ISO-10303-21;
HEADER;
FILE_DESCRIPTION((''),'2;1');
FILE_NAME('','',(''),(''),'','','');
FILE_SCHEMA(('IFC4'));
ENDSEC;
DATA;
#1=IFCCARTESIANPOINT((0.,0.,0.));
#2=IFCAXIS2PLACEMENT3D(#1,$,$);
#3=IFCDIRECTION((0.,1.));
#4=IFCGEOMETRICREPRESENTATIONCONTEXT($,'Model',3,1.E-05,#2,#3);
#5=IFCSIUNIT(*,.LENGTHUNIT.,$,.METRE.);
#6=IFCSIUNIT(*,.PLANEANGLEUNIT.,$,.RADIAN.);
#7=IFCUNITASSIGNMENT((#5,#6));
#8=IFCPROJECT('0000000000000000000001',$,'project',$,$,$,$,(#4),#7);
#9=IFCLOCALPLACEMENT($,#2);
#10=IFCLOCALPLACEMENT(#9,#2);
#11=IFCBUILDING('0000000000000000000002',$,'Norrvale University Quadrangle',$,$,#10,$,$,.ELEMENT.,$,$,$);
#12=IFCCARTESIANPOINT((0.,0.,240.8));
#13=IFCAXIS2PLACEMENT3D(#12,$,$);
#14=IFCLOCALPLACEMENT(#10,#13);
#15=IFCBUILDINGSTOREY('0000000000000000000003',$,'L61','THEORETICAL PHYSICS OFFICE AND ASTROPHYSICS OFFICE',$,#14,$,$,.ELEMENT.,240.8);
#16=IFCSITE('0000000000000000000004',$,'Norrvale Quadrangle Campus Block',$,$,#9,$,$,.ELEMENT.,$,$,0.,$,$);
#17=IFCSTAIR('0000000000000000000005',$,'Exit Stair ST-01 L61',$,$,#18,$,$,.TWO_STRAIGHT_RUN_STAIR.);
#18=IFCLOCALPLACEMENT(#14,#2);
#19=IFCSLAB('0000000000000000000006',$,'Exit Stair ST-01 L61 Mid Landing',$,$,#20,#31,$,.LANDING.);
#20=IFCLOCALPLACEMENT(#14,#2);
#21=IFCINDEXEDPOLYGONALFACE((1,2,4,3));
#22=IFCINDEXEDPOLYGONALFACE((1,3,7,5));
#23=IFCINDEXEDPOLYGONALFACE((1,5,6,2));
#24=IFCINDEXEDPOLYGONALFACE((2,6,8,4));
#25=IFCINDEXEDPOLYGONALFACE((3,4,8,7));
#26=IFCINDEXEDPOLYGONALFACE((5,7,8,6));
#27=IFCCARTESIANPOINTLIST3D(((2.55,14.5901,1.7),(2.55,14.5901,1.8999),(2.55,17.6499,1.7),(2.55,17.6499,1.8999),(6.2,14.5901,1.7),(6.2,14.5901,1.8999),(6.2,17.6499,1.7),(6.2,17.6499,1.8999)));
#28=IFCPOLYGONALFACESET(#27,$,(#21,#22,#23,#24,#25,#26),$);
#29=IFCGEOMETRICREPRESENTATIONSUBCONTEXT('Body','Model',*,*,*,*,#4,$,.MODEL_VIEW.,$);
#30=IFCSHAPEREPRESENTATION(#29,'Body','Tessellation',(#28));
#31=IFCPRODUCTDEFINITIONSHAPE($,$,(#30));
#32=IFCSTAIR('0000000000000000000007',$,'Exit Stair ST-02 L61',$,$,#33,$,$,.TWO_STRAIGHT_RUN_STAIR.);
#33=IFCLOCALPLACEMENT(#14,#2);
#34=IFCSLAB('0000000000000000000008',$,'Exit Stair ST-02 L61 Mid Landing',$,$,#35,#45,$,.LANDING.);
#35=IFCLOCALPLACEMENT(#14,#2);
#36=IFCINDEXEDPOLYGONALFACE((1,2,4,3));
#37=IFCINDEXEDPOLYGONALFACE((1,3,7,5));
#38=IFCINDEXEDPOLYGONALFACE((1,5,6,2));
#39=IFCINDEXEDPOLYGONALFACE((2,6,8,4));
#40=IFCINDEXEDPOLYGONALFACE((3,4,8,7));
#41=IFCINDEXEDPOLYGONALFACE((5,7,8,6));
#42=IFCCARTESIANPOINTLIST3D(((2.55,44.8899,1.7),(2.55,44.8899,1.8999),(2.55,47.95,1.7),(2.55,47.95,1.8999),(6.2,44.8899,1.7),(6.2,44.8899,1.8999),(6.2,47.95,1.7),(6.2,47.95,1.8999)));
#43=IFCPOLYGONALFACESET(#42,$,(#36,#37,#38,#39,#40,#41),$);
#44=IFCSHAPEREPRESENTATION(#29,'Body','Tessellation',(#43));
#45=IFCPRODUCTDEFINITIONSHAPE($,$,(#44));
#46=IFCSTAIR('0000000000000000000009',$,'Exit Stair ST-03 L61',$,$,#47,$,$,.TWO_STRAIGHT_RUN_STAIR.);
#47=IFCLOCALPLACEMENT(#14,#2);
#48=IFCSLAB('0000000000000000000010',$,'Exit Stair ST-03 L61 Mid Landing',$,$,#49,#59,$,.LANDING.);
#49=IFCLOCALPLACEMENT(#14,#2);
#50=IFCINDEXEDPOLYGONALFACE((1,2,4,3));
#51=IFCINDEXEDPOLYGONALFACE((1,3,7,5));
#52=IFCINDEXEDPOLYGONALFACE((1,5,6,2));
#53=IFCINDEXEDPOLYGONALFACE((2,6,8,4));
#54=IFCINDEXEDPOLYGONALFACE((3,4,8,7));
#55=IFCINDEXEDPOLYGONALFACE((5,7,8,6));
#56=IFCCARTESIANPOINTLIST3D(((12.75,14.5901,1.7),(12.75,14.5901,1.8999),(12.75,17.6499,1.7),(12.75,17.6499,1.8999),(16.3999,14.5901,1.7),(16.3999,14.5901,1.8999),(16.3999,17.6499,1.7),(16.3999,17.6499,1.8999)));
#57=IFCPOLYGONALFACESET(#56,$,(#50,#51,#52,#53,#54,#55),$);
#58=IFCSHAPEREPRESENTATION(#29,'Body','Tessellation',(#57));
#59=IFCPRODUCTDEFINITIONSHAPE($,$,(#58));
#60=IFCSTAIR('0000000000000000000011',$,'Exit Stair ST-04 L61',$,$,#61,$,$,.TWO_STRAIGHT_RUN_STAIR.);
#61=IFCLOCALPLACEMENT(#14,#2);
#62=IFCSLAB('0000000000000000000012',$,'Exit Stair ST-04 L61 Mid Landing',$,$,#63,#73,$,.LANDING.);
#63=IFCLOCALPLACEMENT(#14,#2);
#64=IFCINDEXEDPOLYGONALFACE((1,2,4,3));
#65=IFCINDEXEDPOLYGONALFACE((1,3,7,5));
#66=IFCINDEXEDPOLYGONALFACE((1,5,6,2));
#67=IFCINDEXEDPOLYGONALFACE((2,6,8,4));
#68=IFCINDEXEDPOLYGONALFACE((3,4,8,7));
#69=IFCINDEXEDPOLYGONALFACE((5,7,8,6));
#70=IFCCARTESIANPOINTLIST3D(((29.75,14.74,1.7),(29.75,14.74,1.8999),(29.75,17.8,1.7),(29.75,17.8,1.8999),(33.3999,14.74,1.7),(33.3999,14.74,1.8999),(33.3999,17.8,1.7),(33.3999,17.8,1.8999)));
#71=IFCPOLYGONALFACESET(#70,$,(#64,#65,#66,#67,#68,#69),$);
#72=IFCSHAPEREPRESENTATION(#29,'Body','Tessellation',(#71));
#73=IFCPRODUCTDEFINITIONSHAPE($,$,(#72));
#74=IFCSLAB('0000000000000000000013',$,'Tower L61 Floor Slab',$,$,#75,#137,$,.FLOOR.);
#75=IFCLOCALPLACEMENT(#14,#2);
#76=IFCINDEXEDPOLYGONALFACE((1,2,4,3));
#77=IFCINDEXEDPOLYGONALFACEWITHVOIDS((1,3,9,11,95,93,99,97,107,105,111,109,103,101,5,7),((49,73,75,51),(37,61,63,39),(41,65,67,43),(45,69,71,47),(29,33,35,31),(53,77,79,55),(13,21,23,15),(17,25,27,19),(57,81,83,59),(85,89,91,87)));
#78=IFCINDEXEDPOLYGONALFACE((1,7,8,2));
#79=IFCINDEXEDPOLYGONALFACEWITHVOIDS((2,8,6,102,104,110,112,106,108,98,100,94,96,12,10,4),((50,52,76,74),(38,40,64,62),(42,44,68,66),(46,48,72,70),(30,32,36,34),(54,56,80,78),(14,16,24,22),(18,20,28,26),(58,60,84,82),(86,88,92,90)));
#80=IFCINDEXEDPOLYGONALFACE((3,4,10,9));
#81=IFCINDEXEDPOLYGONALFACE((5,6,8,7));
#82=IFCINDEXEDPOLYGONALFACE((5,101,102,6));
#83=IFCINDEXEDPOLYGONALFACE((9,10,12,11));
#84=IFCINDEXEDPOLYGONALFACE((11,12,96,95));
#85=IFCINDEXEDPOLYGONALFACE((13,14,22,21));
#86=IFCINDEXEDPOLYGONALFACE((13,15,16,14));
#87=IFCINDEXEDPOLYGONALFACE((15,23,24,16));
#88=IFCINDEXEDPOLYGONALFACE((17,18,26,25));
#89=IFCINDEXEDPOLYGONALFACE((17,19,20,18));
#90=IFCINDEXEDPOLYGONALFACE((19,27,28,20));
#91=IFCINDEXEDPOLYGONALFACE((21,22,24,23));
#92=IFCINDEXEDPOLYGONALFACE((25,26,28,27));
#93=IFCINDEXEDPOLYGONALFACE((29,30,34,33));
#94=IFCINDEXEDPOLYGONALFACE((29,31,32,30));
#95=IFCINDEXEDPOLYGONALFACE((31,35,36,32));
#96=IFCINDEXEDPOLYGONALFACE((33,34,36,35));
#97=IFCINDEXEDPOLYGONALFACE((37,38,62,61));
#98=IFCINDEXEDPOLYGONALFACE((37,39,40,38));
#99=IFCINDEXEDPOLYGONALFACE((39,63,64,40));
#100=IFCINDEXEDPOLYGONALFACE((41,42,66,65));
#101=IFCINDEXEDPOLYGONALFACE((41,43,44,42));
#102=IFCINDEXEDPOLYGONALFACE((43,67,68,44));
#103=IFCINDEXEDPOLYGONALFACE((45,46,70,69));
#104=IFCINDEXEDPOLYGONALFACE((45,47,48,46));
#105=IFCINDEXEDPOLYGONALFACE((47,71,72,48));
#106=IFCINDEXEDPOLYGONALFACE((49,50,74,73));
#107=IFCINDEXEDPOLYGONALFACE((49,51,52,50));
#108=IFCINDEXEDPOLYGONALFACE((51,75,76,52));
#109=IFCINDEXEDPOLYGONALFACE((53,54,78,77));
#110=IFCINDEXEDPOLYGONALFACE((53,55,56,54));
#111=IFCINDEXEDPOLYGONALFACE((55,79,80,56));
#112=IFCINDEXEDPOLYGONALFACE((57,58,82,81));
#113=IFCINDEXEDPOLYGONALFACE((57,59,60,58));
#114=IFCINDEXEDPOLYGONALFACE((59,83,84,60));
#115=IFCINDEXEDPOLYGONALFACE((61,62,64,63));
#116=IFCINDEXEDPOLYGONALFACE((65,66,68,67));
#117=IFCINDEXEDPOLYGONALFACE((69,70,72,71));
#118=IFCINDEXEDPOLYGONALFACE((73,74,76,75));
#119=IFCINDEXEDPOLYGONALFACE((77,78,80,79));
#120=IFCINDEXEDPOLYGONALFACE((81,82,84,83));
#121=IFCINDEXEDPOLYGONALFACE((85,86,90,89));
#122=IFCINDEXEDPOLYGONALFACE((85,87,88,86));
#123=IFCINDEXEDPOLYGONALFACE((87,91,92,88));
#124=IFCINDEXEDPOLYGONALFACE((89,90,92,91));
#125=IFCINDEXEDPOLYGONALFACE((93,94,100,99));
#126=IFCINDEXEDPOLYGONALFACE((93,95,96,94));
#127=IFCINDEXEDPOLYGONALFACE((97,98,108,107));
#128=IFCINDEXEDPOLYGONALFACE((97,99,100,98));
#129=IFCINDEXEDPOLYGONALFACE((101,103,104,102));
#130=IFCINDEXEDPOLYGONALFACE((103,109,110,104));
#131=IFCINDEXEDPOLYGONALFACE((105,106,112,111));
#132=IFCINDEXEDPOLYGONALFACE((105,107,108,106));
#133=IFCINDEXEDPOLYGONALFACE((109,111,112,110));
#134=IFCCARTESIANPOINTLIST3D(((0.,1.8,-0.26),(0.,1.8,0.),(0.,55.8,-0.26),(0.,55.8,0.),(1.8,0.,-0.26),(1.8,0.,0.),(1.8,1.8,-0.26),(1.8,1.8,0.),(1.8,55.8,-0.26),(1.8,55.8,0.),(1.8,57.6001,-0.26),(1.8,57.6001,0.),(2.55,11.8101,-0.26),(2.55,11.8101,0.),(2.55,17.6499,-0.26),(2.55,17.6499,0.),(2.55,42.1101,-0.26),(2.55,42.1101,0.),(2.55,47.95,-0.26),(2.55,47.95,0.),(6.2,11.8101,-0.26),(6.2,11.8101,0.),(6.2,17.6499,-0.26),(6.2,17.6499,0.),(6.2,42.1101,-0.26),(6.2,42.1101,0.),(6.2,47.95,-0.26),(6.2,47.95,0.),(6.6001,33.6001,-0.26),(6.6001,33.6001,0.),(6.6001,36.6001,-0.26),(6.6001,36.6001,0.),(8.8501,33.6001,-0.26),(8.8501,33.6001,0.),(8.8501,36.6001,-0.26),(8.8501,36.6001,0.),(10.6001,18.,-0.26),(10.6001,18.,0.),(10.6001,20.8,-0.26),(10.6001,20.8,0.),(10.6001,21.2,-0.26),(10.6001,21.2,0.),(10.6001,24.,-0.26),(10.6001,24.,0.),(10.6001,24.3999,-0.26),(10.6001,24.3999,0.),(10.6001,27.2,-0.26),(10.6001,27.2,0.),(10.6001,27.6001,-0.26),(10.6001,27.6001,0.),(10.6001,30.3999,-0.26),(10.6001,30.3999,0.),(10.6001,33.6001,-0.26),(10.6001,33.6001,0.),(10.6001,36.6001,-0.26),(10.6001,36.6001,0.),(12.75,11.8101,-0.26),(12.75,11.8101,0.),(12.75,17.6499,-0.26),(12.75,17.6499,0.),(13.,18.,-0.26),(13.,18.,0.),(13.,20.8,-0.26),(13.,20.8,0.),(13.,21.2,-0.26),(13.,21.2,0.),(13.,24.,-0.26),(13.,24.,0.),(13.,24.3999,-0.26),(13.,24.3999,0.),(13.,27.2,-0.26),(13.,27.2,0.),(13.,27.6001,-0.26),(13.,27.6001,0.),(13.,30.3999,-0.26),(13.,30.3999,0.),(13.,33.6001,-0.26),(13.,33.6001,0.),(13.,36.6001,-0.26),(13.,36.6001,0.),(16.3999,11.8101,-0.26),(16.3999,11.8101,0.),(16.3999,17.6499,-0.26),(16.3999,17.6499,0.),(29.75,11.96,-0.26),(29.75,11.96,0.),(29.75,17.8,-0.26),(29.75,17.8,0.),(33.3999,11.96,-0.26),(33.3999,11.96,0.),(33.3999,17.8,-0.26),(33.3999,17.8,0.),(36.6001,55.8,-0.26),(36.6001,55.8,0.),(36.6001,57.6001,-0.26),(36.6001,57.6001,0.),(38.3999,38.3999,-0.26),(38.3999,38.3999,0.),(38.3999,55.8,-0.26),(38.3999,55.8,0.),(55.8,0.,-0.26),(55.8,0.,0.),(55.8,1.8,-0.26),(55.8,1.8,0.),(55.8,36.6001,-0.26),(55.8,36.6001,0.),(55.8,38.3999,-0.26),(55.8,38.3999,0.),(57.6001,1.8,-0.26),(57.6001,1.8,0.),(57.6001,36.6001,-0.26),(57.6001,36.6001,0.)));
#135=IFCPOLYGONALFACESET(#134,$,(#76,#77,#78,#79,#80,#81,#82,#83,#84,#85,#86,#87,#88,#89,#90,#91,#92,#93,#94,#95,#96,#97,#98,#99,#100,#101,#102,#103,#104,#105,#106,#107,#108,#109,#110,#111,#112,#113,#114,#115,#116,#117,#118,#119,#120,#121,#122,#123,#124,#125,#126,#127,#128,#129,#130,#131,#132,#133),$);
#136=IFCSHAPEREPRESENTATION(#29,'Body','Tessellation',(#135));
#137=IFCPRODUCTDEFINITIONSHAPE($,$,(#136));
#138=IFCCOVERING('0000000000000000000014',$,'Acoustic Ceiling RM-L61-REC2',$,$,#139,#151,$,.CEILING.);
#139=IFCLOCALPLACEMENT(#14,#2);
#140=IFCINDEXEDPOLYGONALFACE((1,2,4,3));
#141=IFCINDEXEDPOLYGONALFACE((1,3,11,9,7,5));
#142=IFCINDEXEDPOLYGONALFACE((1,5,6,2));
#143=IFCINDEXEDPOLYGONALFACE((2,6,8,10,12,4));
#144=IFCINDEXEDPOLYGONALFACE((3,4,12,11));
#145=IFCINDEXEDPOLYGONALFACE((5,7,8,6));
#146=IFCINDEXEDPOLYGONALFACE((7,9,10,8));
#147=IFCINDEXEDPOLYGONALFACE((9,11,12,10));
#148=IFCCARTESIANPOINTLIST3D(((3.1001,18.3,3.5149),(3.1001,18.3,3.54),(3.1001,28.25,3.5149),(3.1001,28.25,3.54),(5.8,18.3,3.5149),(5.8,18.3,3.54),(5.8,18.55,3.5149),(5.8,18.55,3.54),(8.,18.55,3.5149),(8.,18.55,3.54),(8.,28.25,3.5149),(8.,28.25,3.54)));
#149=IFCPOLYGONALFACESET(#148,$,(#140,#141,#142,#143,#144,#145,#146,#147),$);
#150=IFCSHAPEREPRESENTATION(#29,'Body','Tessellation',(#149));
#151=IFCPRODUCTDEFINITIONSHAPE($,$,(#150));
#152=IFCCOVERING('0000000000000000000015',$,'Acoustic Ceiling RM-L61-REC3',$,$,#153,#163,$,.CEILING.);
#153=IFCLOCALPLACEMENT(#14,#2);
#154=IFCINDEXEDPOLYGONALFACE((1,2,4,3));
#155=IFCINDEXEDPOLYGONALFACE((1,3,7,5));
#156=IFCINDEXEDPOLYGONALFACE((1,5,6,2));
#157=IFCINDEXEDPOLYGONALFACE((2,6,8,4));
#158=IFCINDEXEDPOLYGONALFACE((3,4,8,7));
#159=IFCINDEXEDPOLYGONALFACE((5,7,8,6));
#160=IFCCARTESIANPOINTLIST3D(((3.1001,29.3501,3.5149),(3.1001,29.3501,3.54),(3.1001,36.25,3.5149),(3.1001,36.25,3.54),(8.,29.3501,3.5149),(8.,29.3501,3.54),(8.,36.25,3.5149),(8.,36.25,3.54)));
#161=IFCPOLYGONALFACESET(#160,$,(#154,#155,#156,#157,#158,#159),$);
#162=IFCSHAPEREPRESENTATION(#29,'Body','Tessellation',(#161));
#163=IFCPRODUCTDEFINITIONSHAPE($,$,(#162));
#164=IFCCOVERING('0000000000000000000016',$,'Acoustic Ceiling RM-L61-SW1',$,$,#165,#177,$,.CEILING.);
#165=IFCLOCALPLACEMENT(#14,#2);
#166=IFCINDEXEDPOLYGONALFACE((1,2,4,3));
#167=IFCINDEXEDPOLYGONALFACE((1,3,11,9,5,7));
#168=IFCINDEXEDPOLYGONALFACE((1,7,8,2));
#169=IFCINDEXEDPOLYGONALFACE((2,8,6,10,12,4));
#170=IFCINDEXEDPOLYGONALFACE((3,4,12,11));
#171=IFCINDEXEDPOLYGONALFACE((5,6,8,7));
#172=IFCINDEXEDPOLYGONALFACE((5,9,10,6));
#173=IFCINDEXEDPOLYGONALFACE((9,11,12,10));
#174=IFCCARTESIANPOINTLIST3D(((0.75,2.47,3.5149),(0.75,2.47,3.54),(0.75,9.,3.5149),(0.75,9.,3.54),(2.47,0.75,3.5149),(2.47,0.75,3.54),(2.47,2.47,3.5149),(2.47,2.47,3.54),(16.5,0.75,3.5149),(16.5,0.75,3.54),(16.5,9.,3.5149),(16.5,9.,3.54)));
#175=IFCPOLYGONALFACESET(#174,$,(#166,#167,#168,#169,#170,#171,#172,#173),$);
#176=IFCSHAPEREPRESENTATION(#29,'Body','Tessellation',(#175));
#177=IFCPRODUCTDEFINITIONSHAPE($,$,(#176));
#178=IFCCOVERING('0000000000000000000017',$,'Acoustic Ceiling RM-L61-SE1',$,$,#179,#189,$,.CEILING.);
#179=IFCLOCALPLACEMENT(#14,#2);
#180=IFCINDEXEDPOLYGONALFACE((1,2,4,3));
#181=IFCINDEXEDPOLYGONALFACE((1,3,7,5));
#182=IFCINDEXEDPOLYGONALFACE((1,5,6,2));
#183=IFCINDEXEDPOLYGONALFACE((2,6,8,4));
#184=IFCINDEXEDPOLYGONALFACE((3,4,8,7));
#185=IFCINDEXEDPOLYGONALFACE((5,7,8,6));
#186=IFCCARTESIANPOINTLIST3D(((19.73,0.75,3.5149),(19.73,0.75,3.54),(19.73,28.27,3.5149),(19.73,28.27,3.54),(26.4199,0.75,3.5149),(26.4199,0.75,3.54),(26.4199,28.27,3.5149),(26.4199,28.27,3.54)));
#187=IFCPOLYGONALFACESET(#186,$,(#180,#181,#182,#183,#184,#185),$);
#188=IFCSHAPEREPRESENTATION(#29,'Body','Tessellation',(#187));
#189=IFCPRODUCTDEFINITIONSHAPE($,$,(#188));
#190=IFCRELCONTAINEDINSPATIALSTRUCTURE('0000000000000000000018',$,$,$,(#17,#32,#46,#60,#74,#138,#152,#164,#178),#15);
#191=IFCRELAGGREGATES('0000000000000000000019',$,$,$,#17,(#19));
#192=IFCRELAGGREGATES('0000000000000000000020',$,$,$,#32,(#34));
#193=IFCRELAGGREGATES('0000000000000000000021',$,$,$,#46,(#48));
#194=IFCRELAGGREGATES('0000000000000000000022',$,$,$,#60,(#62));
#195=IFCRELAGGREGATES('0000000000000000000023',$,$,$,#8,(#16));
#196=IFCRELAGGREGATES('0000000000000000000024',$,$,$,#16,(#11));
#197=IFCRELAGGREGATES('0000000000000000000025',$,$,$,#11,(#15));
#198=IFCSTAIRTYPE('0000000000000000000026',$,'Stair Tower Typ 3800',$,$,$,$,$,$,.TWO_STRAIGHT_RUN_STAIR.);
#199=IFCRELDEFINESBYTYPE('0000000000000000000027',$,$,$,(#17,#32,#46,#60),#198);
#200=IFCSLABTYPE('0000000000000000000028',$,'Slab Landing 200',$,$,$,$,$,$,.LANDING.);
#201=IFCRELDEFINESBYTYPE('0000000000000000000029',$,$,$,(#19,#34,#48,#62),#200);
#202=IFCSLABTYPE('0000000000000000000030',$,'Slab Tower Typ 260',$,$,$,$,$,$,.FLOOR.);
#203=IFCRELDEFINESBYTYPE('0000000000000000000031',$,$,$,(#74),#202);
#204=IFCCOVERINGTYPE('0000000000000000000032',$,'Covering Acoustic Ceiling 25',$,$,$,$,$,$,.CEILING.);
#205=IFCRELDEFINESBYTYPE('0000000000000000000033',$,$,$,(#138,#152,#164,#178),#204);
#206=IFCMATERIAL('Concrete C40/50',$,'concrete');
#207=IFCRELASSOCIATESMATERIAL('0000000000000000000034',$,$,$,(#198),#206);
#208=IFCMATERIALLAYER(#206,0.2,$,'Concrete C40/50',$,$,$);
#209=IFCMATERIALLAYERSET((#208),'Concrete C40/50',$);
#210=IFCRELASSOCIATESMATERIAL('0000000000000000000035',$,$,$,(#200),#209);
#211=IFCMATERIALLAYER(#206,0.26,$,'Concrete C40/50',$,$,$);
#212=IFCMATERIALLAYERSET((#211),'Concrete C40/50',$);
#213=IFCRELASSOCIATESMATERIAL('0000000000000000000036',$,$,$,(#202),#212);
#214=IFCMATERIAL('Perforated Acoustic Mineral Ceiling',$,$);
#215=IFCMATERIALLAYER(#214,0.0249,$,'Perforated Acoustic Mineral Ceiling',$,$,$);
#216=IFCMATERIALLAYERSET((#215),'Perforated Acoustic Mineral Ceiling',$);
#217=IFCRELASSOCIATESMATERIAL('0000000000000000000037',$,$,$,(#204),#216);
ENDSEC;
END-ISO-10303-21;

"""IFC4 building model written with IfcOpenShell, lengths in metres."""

from ifc_helpers import new_model, si_unit, direction, frame, origin, place, context, subcontext, project, spatial, polyline, outline, extrude, material, layer, layer_set, type_object, element, aggregate, save


model = new_model("IFC4")

# Units and contexts
model_context = context("Model", 3, precision=1e-05, world=origin(), true_north=direction((0.0, 1.0)))
body_context = subcontext(model_context, "Body", "Model", "MODEL_VIEW")
ifc_project = project(units=[si_unit("LENGTHUNIT", "METRE"), si_unit("PLANEANGLEUNIT", "RADIAN")], contexts=[model_context])

# Site, building, storey
site_placement = place(None, origin())
site = spatial("IfcSite", under=ifc_project, at=site_placement, Name="Norrvale Quadrangle Campus Block", CompositionType="ELEMENT", RefElevation=0.0)
building_placement = place(site_placement, origin())
building = spatial("IfcBuilding", under=site, at=building_placement, Name="Norrvale University Quadrangle", CompositionType="ELEMENT")
storey_placement = place(building_placement, frame((0.0, 0.0, 240.8)))
storey = spatial("IfcBuildingStorey", under=building, at=storey_placement, Name="L61", Description="THEORETICAL PHYSICS OFFICE AND ASTROPHYSICS OFFICE", CompositionType="ELEMENT", Elevation=240.8)

# Stairs, slabs
ifc_material_1 = material(Name="Concrete C40/50", Category="concrete")
stair_type = type_object("IfcStairType", Name="Stair Tower Typ 3800", PredefinedType="TWO_STRAIGHT_RUN_STAIR", material=ifc_material_1)
stair_1_placement = place(storey_placement, origin())
stair_1 = element("IfcStair", 1, at=stair_1_placement, inside=storey, type_object=stair_type, Name="Exit Stair ST-01 L61", PredefinedType="TWO_STRAIGHT_RUN_STAIR")
ifc_layer_1 = layer(ifc_material_1, 0.2, Name="Concrete C40/50")
ifc_layer_set_1 = layer_set([ifc_layer_1], Name="Concrete C40/50")
slab_type_1 = type_object("IfcSlabType", Name="Slab Landing 200", PredefinedType="LANDING", material=ifc_layer_set_1)
slab_1_placement = place(storey_placement, frame((0.0, 0.0, 1.7)))
slab_1 = element("IfcSlab", 2, at=slab_1_placement, type_object=slab_type_1, Name="Exit Stair ST-01 L61 Mid Landing", PredefinedType="LANDING", context=body_context, shape_type="SweptSolid", body=[
    extrude(outline(polyline([(2.55, 14.5901), (6.2, 14.5901), (6.2, 17.6499), (2.55, 17.6499), (2.55, 14.5901)])), origin(), (0.0, 0.0, 1.0), 0.2),
])
aggregate(stair_1, [slab_1])
stair_2_placement = place(storey_placement, origin())
stair_2 = element("IfcStair", 3, at=stair_2_placement, inside=storey, type_object=stair_type, Name="Exit Stair ST-02 L61", PredefinedType="TWO_STRAIGHT_RUN_STAIR")
slab_2_placement = place(storey_placement, frame((0.0, 0.0, 1.7)))
slab_2 = element("IfcSlab", 4, at=slab_2_placement, type_object=slab_type_1, Name="Exit Stair ST-02 L61 Mid Landing", PredefinedType="LANDING", context=body_context, shape_type="SweptSolid", body=[
    extrude(outline(polyline([(2.55, 44.8899), (6.2, 44.8899), (6.2, 47.95), (2.55, 47.95), (2.55, 44.8899)])), origin(), (0.0, 0.0, 1.0), 0.2),
])
aggregate(stair_2, [slab_2])
stair_3_placement = place(storey_placement, origin())
stair_3 = element("IfcStair", 5, at=stair_3_placement, inside=storey, type_object=stair_type, Name="Exit Stair ST-03 L61", PredefinedType="TWO_STRAIGHT_RUN_STAIR")
slab_3_placement = place(storey_placement, frame((0.0, 0.0, 1.7)))
slab_3 = element("IfcSlab", 6, at=slab_3_placement, type_object=slab_type_1, Name="Exit Stair ST-03 L61 Mid Landing", PredefinedType="LANDING", context=body_context, shape_type="SweptSolid", body=[
    extrude(outline(polyline([(12.75, 14.5901), (16.3999, 14.5901), (16.3999, 17.6499), (12.75, 17.6499), (12.75, 14.5901)])), origin(), (0.0, 0.0, 1.0), 0.2),
])
aggregate(stair_3, [slab_3])
stair_4_placement = place(storey_placement, origin())
stair_4 = element("IfcStair", 7, at=stair_4_placement, inside=storey, type_object=stair_type, Name="Exit Stair ST-04 L61", PredefinedType="TWO_STRAIGHT_RUN_STAIR")
slab_4_placement = place(storey_placement, frame((0.0, 0.0, 1.7)))
slab_4 = element("IfcSlab", 8, at=slab_4_placement, type_object=slab_type_1, Name="Exit Stair ST-04 L61 Mid Landing", PredefinedType="LANDING", context=body_context, shape_type="SweptSolid", body=[
    extrude(outline(polyline([(29.75, 14.74), (33.3999, 14.74), (33.3999, 17.8), (29.75, 17.8), (29.75, 14.74)])), origin(), (0.0, 0.0, 1.0), 0.2),
])
aggregate(stair_4, [slab_4])

# Slab
ifc_layer_2 = layer(ifc_material_1, 0.26, Name="Concrete C40/50")
ifc_layer_set_2 = layer_set([ifc_layer_2], Name="Concrete C40/50")
slab_type_2 = type_object("IfcSlabType", Name="Slab Tower Typ 260", PredefinedType="FLOOR", material=ifc_layer_set_2)
slab_5_placement = place(storey_placement, frame((0.0, 0.0, -0.26)))
element("IfcSlab", 9, at=slab_5_placement, inside=storey, type_object=slab_type_2, Name="Tower L61 Floor Slab", PredefinedType="FLOOR", context=body_context, shape_type="SweptSolid", body=[
    extrude(outline(polyline([(1.8, 0.0), (55.8, 0.0), (55.8, 1.8), (57.6001, 1.8), (57.6001, 36.6001), (55.8, 36.6001), (55.8, 38.3999), (38.3999, 38.3999), (38.3999, 55.8), (36.6001, 55.8), (36.6001, 57.6001), (1.8, 57.6001), (1.8, 55.8), (0.0, 55.8), (0.0, 1.8), (1.8, 1.8), (1.8, 0.0)]), holes=[polyline([(2.55, 11.8101), (6.2, 11.8101), (6.2, 17.6499), (2.55, 17.6499), (2.55, 11.8101)]), polyline([(2.55, 42.1101), (6.2, 42.1101), (6.2, 47.95), (2.55, 47.95), (2.55, 42.1101)]), polyline([(12.75, 11.8101), (16.3999, 11.8101), (16.3999, 17.6499), (12.75, 17.6499), (12.75, 11.8101)]), polyline([(29.75, 11.96), (33.3999, 11.96), (33.3999, 17.8), (29.75, 17.8), (29.75, 11.96)]), polyline([(10.6001, 18.0), (13.0, 18.0), (13.0, 20.8), (10.6001, 20.8), (10.6001, 18.0)]), polyline([(10.6001, 21.2), (13.0, 21.2), (13.0, 24.0), (10.6001, 24.0), (10.6001, 21.2)]), polyline([(10.6001, 24.3999), (13.0, 24.3999), (13.0, 27.2), (10.6001, 27.2), (10.6001, 24.3999)]), polyline([(10.6001, 27.6001), (13.0, 27.6001), (13.0, 30.3999), (10.6001, 30.3999), (10.6001, 27.6001)]), polyline([(6.6001, 33.6001), (8.8501, 33.6001), (8.8501, 36.6001), (6.6001, 36.6001), (6.6001, 33.6001)]), polyline([(10.6001, 33.6001), (13.0, 33.6001), (13.0, 36.6001), (10.6001, 36.6001), (10.6001, 33.6001)])]), origin(), (0.0, 0.0, 1.0), 0.26),
])

# Coverings
ifc_material_2 = material(Name="Perforated Acoustic Mineral Ceiling")
ifc_layer_3 = layer(ifc_material_2, 0.0249, Name="Perforated Acoustic Mineral Ceiling")
ifc_layer_set_3 = layer_set([ifc_layer_3], Name="Perforated Acoustic Mineral Ceiling")
covering_type_1 = type_object("IfcCoveringType", Name="Covering Acoustic Ceiling 25", PredefinedType="CEILING", material=ifc_layer_set_3)
covering_1_placement = place(storey_placement, frame((0.0, 0.0, 3.5149)))
element("IfcCovering", 10, at=covering_1_placement, inside=storey, type_object=covering_type_1, Name="Acoustic Ceiling RM-L61-REC2", PredefinedType="CEILING", context=body_context, shape_type="SweptSolid", body=[
    extrude(outline(polyline([(3.1001, 18.3), (3.1001, 28.25), (8.0, 28.25), (8.0, 18.55), (5.8, 18.55), (5.8, 18.3), (3.1001, 18.3)])), origin(), (0.0, 0.0, 1.0), 0.0251),
])
covering_2_placement = place(storey_placement, frame((0.0, 0.0, 3.5149)))
element("IfcCovering", 11, at=covering_2_placement, inside=storey, type_object=covering_type_1, Name="Acoustic Ceiling RM-L61-REC3", PredefinedType="CEILING", context=body_context, shape_type="SweptSolid", body=[
    extrude(outline(polyline([(3.1001, 29.3501), (3.1001, 36.25), (8.0, 36.25), (8.0, 29.3501), (3.1001, 29.3501)])), origin(), (0.0, 0.0, 1.0), 0.0251),
])
covering_3_placement = place(storey_placement, frame((0.0, 0.0, 3.5149)))
element("IfcCovering", 12, at=covering_3_placement, inside=storey, type_object=covering_type_1, Name="Acoustic Ceiling RM-L61-SW1", PredefinedType="CEILING", context=body_context, shape_type="SweptSolid", body=[
    extrude(outline(polyline([(0.75, 9.0), (16.5, 9.0), (16.5, 0.75), (2.47, 0.75), (2.47, 2.47), (0.75, 2.47), (0.75, 9.0)])), origin(), (0.0, 0.0, 1.0), 0.0251),
])
covering_4_placement = place(storey_placement, frame((0.0, 0.0, 3.5149)))
element("IfcCovering", 13, at=covering_4_placement, inside=storey, type_object=covering_type_1, Name="Acoustic Ceiling RM-L61-SE1", PredefinedType="CEILING", context=body_context, shape_type="SweptSolid", body=[
    extrude(outline(polyline([(19.73, 28.27), (26.4199, 28.27), (26.4199, 0.75), (19.73, 0.75), (19.73, 28.27)])), origin(), (0.0, 0.0, 1.0), 0.0251),
])

save(model, "model.ifc")
